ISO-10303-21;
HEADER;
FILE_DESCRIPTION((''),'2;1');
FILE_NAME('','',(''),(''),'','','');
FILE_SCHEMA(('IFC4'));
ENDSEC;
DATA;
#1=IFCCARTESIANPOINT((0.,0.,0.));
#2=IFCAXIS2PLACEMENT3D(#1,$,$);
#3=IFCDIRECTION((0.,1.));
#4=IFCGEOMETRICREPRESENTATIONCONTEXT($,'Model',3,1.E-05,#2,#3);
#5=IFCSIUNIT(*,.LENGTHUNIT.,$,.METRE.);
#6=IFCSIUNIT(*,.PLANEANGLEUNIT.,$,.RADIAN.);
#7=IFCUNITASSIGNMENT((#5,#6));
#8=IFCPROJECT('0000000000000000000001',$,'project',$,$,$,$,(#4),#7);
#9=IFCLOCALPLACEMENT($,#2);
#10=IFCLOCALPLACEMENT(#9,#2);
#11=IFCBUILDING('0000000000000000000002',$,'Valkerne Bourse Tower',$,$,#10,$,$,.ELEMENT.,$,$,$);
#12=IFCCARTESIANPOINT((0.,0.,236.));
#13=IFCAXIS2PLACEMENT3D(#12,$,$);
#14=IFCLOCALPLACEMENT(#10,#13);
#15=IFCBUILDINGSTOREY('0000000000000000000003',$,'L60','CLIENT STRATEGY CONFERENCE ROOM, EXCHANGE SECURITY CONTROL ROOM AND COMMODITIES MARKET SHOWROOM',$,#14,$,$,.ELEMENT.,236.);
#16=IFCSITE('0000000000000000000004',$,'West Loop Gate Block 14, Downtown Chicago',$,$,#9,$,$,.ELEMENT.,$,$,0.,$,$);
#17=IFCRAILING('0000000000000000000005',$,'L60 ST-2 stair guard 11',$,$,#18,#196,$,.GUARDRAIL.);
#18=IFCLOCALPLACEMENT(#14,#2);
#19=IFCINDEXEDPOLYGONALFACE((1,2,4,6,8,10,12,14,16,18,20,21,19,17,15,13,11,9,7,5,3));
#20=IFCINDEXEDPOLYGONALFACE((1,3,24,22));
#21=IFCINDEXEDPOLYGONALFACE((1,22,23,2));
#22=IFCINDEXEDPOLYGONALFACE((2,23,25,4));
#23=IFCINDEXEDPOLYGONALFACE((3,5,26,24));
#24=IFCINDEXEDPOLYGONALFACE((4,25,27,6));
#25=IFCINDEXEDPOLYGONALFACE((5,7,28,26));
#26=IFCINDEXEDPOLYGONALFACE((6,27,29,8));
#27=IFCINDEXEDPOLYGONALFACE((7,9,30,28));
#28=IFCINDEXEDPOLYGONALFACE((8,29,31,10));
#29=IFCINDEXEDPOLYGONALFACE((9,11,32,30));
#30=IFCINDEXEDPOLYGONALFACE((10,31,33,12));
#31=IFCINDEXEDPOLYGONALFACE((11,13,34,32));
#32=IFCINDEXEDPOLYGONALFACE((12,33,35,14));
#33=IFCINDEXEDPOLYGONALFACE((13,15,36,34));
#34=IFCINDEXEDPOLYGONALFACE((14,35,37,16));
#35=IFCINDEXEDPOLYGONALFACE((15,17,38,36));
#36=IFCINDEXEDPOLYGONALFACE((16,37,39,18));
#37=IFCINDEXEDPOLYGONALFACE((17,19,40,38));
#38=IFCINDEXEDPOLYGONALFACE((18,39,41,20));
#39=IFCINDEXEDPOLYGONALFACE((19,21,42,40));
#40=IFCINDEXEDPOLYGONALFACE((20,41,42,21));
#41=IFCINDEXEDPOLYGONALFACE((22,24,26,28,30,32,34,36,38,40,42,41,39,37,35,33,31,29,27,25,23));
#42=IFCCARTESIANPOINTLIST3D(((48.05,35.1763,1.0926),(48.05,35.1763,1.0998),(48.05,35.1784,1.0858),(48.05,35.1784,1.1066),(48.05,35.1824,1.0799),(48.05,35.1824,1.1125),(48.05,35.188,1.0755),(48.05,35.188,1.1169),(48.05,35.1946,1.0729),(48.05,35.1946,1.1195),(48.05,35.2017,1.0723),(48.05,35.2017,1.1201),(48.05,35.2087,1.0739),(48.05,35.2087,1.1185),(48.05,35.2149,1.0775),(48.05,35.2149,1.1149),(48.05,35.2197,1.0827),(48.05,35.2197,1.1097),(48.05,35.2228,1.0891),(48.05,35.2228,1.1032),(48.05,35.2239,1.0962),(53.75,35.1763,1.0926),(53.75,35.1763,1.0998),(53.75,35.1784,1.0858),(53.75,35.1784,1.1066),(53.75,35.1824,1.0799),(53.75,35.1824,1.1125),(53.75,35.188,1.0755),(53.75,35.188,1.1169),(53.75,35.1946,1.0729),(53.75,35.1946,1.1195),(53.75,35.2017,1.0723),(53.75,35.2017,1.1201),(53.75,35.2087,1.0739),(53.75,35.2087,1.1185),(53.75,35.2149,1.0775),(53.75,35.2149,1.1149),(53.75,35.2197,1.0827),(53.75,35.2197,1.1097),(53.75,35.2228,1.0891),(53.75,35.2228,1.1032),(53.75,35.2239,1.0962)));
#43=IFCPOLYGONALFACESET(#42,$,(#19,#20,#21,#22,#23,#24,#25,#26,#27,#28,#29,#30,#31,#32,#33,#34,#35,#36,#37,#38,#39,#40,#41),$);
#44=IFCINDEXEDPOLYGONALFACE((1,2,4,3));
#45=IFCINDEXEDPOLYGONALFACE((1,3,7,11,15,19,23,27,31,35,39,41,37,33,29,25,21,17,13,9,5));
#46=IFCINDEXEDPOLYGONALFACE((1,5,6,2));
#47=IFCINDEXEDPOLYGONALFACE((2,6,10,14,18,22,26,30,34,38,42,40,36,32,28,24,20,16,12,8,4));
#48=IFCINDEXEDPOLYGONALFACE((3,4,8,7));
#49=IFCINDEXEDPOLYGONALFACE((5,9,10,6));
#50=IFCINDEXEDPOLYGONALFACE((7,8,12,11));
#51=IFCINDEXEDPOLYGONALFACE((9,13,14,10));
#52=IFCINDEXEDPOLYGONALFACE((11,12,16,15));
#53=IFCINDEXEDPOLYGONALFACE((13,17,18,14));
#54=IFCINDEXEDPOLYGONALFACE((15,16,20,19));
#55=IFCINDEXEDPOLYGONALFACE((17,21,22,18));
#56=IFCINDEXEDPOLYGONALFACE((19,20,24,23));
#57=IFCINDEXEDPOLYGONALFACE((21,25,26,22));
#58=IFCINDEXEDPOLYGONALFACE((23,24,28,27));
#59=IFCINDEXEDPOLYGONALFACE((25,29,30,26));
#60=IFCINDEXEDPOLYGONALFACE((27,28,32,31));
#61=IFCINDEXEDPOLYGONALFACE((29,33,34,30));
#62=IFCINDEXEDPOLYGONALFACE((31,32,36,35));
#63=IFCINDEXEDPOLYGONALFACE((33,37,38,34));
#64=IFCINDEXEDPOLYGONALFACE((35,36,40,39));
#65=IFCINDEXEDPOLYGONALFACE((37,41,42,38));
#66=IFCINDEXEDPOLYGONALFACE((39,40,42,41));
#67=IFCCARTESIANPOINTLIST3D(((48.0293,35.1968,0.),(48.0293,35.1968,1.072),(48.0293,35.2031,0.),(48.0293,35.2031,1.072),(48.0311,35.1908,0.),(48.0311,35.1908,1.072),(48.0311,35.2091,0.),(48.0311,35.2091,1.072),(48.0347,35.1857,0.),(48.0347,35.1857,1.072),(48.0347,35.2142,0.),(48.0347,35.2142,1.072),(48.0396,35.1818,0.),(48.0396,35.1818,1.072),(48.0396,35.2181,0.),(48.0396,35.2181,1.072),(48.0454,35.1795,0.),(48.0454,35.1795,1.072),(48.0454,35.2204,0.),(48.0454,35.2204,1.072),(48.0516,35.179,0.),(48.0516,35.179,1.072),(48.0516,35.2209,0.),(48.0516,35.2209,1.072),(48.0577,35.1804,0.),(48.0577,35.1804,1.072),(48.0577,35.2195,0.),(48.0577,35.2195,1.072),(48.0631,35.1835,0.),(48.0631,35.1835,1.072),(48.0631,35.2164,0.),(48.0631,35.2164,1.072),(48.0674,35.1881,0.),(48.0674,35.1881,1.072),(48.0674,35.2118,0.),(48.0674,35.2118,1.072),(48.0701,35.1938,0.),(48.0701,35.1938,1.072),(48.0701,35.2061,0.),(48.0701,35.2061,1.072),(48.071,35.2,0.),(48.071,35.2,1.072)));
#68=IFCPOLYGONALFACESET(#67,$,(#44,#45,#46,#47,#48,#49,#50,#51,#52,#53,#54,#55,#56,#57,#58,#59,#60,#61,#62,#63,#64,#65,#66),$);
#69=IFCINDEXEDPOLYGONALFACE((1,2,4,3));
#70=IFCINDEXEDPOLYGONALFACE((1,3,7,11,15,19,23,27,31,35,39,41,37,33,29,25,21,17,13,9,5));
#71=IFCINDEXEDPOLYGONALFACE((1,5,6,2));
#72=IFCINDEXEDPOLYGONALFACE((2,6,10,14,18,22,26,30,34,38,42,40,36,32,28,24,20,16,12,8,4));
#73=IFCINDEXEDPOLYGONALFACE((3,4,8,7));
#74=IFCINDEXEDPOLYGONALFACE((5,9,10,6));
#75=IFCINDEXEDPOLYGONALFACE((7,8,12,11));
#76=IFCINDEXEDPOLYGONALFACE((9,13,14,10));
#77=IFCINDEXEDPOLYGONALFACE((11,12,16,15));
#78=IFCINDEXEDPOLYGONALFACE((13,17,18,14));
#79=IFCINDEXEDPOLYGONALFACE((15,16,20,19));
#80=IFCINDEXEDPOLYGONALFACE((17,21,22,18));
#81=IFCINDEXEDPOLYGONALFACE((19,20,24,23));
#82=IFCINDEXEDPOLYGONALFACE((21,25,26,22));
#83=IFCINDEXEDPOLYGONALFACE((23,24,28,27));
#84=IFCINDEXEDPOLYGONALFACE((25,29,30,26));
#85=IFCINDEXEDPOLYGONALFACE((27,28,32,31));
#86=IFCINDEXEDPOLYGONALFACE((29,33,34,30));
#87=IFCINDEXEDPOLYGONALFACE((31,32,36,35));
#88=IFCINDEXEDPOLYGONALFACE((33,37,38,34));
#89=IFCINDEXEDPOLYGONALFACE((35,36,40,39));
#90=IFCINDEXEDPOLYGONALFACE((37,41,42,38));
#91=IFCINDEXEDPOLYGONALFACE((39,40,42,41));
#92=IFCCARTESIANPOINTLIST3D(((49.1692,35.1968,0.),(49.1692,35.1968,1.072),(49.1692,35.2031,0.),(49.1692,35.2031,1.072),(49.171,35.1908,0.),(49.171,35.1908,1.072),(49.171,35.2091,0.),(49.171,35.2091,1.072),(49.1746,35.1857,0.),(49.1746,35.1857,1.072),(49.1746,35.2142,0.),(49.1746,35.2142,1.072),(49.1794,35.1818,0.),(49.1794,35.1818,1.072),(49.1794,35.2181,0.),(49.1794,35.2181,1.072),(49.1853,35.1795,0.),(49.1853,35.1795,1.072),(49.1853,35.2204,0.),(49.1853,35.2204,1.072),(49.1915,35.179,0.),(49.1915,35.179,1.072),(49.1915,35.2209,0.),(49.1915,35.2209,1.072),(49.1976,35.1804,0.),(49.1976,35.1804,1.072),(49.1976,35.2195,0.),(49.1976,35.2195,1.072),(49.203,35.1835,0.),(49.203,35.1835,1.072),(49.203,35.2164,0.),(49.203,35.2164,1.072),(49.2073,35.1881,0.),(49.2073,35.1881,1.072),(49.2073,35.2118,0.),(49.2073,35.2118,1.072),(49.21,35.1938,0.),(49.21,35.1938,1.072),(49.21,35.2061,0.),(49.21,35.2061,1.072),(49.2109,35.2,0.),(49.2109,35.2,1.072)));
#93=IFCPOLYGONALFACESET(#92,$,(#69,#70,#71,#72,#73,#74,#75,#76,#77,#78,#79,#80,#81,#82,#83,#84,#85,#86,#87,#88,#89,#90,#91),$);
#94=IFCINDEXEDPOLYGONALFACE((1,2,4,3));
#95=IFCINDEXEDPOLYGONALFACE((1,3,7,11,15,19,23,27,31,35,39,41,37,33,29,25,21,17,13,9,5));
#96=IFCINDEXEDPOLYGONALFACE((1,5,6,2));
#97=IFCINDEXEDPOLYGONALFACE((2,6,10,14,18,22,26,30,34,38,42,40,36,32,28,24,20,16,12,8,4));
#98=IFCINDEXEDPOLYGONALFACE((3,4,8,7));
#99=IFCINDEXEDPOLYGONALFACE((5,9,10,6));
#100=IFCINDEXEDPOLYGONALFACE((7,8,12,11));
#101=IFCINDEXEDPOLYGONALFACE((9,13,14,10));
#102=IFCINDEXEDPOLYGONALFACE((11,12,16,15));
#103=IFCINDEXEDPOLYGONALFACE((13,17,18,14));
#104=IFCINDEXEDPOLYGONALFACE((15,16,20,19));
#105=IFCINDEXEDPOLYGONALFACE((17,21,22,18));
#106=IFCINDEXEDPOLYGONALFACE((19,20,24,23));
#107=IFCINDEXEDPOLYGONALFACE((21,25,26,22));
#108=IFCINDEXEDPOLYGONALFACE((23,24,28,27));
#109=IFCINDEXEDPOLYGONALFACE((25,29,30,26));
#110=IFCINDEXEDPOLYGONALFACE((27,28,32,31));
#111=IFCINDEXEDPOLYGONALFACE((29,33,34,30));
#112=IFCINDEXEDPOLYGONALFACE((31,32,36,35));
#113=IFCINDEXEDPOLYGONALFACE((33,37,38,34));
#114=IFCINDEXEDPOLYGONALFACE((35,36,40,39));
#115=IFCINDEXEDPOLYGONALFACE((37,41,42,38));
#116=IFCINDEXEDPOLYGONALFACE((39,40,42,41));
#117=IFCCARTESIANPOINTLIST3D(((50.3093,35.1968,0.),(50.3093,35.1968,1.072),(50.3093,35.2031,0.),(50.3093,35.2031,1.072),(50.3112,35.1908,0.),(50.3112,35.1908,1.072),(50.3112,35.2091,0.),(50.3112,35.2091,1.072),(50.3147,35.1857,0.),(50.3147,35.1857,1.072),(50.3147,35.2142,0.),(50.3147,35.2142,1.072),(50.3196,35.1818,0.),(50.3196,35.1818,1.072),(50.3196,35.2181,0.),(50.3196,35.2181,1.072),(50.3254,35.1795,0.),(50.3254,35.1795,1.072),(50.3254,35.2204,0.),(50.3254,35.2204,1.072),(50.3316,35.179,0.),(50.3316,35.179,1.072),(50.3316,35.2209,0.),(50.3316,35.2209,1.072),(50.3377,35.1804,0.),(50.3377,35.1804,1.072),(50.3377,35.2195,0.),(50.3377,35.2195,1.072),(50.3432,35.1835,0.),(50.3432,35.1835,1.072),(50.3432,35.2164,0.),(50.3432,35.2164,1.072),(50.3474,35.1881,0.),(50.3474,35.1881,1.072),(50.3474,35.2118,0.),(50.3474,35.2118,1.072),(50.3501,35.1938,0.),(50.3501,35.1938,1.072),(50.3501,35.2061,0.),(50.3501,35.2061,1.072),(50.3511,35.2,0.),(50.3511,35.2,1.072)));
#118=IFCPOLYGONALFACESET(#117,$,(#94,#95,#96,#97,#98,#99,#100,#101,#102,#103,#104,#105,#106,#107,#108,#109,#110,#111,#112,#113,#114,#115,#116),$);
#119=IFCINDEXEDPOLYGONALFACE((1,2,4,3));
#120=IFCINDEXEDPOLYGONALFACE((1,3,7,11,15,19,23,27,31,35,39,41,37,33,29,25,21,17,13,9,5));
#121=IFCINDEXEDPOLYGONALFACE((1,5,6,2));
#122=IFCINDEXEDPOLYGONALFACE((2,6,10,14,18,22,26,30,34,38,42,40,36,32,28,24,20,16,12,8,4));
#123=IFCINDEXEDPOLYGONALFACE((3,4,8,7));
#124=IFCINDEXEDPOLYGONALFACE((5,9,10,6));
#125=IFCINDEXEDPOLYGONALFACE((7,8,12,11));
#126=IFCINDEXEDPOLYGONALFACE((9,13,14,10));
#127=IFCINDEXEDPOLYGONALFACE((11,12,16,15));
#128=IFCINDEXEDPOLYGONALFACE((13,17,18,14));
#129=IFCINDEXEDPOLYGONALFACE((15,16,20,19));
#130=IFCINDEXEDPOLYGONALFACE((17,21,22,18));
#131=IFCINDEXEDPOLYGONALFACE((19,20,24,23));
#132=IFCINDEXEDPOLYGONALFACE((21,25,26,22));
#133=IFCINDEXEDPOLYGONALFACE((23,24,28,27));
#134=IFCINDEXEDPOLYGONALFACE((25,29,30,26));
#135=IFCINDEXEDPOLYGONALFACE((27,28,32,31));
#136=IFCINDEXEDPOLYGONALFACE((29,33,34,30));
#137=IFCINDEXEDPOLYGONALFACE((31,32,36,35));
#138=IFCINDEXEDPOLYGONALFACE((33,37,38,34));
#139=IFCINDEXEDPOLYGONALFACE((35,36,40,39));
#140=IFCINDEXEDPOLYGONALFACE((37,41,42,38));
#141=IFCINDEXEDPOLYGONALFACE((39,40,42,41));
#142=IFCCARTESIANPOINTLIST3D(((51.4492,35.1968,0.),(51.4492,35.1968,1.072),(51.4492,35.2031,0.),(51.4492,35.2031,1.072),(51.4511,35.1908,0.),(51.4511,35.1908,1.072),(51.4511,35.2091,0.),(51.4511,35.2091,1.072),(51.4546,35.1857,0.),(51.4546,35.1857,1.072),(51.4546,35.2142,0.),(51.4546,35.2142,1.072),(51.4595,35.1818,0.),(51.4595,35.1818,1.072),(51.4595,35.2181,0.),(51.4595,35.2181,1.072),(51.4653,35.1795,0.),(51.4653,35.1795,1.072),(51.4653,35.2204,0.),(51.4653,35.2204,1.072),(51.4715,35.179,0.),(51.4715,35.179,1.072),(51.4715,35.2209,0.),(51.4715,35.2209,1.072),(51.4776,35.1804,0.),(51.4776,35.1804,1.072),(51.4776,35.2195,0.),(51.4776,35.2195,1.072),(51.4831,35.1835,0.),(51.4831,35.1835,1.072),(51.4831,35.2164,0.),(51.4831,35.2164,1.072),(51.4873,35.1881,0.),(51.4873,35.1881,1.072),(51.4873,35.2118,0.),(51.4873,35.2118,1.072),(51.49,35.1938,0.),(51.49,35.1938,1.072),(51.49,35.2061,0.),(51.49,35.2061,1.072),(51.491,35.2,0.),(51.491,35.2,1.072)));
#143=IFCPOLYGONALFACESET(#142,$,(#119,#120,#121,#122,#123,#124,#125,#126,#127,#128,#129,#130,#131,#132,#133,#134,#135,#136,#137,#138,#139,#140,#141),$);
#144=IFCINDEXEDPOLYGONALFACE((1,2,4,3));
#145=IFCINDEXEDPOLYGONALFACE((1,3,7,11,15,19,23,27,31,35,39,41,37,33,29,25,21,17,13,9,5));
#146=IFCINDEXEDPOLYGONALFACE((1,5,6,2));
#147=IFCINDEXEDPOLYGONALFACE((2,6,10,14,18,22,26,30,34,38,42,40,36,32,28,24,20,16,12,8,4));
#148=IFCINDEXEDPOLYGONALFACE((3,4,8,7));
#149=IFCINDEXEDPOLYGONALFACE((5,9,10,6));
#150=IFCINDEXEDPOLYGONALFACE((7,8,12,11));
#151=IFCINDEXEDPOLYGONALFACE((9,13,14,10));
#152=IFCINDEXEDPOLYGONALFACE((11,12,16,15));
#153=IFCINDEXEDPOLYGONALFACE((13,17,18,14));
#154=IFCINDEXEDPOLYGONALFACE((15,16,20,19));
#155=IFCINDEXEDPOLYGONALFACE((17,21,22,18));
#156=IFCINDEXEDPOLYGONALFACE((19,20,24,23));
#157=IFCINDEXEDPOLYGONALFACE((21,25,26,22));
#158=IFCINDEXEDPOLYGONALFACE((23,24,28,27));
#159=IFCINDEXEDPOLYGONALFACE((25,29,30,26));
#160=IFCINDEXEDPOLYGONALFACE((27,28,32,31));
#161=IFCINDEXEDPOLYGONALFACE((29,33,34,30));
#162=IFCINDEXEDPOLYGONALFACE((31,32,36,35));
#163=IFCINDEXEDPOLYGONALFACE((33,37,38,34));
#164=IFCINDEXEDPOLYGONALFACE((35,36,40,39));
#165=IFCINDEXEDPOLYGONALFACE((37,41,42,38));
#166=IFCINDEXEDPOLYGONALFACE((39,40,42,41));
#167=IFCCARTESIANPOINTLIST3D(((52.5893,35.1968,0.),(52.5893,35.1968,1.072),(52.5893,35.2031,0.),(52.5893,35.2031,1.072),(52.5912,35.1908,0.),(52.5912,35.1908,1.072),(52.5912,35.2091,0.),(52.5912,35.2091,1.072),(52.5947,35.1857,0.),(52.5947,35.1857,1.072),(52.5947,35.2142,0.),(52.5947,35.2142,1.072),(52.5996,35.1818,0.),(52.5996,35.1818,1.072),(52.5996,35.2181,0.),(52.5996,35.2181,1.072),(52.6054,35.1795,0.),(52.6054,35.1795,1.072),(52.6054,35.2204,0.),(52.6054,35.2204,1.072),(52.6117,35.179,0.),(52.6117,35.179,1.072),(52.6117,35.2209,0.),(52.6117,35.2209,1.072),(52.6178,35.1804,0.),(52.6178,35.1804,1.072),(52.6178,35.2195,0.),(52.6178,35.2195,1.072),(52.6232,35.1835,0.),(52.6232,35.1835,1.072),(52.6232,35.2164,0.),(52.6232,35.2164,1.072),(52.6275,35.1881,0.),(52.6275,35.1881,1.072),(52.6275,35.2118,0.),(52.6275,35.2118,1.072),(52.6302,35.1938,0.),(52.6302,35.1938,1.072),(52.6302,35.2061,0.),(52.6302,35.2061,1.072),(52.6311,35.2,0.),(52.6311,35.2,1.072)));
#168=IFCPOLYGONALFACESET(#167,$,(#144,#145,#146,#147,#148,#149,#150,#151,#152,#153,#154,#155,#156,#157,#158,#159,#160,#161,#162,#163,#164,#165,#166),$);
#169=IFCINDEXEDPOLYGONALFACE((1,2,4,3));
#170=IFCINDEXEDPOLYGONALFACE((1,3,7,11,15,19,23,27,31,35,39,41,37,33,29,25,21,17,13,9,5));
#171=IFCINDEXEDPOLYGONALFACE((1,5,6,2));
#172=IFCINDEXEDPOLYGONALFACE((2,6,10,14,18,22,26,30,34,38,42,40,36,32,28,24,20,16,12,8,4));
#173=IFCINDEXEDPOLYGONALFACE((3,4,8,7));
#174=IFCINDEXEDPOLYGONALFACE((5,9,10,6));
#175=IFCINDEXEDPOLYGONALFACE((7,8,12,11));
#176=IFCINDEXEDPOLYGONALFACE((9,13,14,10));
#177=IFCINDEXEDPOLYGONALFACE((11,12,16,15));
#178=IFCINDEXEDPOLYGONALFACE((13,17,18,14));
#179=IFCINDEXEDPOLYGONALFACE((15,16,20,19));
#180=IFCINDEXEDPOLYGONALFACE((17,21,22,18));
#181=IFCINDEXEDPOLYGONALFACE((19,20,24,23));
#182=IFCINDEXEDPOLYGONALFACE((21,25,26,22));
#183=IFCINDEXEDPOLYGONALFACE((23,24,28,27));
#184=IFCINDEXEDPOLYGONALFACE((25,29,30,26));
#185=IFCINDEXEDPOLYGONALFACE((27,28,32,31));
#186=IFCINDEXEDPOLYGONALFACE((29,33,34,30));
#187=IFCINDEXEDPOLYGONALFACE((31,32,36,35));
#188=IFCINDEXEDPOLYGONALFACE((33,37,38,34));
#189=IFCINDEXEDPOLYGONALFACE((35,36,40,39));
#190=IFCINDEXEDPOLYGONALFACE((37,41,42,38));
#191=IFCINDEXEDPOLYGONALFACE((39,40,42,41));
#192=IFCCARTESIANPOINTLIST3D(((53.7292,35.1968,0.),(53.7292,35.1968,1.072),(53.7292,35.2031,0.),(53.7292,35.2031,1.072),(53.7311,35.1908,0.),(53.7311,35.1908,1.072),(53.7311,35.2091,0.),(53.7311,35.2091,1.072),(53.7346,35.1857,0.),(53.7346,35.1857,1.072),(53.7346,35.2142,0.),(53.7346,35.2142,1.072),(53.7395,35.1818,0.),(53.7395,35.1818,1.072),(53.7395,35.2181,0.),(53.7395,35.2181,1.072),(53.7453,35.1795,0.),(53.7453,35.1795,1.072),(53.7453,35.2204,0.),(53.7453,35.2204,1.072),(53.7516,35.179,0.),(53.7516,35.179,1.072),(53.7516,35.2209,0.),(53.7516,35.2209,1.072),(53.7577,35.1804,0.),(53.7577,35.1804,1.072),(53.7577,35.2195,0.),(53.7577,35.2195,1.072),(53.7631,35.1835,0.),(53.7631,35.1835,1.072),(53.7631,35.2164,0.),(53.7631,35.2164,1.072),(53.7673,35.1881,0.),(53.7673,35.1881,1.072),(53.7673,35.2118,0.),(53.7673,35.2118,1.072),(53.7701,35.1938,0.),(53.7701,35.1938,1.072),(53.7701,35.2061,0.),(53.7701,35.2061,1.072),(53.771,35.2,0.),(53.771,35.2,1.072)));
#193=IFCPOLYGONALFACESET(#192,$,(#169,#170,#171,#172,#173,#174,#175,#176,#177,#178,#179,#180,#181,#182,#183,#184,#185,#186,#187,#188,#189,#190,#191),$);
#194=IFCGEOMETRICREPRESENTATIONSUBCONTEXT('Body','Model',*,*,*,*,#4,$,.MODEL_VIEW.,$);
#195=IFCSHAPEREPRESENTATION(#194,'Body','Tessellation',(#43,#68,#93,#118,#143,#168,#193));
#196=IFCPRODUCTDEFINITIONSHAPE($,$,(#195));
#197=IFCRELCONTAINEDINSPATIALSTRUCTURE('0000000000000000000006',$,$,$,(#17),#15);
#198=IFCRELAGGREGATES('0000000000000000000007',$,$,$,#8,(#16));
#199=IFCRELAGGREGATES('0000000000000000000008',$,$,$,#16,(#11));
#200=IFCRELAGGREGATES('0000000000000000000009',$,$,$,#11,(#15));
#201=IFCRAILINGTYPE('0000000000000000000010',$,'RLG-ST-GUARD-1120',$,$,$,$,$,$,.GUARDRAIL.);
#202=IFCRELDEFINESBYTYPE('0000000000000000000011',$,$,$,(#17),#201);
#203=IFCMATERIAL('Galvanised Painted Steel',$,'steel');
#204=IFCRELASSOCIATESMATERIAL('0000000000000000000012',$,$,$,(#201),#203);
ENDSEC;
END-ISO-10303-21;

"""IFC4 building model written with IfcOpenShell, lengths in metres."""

from ifc_helpers import new_model, si_unit, direction, frame, origin, origin_2d, place, context, subcontext, project, spatial, circle, extrude, material, type_object, element, save


model = new_model("IFC4")

# Units and contexts
model_context = context("Model", 3, precision=1e-05, world=origin(), true_north=direction((0.0, 1.0)))
body_context = subcontext(model_context, "Body", "Model", "MODEL_VIEW")
ifc_project = project(units=[si_unit("LENGTHUNIT", "METRE"), si_unit("PLANEANGLEUNIT", "RADIAN")], contexts=[model_context])

# Site, building, storey
site_placement = place(None, origin())
site = spatial("IfcSite", under=ifc_project, at=site_placement, Name="West Loop Gate Block 14, Downtown Chicago", CompositionType="ELEMENT", RefElevation=0.0)
building_placement = place(site_placement, origin())
building = spatial("IfcBuilding", under=site, at=building_placement, Name="Valkerne Bourse Tower", CompositionType="ELEMENT")
storey_placement = place(building_placement, frame((0.0, 0.0, 236.0)))
storey = spatial("IfcBuildingStorey", under=building, at=storey_placement, Name="L60", Description="CLIENT STRATEGY CONFERENCE ROOM, EXCHANGE SECURITY CONTROL ROOM AND COMMODITIES MARKET SHOWROOM", CompositionType="ELEMENT", Elevation=236.0)

# Railing
ifc_material_1 = material(Name="Galvanised Painted Steel", Category="steel")
railing_type_1 = type_object("IfcRailingType", Name="RLG-ST-GUARD-1120", PredefinedType="GUARDRAIL", material=ifc_material_1)
railing_1_placement = place(storey_placement, frame((48.05, 35.2, 0.0)))
element("IfcRailing", 1, at=railing_1_placement, inside=storey, type_object=railing_type_1, Name="L60 ST-2 stair guard 11", PredefinedType="GUARDRAIL", context=body_context, shape_type="SweptSolid", body=[
    extrude(circle(Radius=0.0239, at=origin_2d()), frame((0.0, 0.0, 1.0962), z_axis=(1.0, 0.0, 0.0), x_axis=(0.0, 1.0, 0.0)), (0.0, 0.0, 1.0), 5.7),
    extrude(circle(Radius=0.021, at=origin_2d()), origin(), (0.0, 0.0, 1.0), 1.072),
    extrude(circle(Radius=0.021, at=origin_2d()), frame((1.1399, 0.0, 0.0)), (0.0, 0.0, 1.0), 1.072),
    extrude(circle(Radius=0.021, at=origin_2d()), frame((2.28, 0.0, 0.0)), (0.0, 0.0, 1.0), 1.072),
    extrude(circle(Radius=0.021, at=origin_2d()), frame((3.4199, 0.0, 0.0)), (0.0, 0.0, 1.0), 1.072),
    extrude(circle(Radius=0.021, at=origin_2d()), frame((4.5601, 0.0, 0.0)), (0.0, 0.0, 1.0), 1.072),
    extrude(circle(Radius=0.021, at=origin_2d()), frame((5.7, 0.0, 0.0)), (0.0, 0.0, 1.0), 1.072),
])

save(model, "model.ifc")
